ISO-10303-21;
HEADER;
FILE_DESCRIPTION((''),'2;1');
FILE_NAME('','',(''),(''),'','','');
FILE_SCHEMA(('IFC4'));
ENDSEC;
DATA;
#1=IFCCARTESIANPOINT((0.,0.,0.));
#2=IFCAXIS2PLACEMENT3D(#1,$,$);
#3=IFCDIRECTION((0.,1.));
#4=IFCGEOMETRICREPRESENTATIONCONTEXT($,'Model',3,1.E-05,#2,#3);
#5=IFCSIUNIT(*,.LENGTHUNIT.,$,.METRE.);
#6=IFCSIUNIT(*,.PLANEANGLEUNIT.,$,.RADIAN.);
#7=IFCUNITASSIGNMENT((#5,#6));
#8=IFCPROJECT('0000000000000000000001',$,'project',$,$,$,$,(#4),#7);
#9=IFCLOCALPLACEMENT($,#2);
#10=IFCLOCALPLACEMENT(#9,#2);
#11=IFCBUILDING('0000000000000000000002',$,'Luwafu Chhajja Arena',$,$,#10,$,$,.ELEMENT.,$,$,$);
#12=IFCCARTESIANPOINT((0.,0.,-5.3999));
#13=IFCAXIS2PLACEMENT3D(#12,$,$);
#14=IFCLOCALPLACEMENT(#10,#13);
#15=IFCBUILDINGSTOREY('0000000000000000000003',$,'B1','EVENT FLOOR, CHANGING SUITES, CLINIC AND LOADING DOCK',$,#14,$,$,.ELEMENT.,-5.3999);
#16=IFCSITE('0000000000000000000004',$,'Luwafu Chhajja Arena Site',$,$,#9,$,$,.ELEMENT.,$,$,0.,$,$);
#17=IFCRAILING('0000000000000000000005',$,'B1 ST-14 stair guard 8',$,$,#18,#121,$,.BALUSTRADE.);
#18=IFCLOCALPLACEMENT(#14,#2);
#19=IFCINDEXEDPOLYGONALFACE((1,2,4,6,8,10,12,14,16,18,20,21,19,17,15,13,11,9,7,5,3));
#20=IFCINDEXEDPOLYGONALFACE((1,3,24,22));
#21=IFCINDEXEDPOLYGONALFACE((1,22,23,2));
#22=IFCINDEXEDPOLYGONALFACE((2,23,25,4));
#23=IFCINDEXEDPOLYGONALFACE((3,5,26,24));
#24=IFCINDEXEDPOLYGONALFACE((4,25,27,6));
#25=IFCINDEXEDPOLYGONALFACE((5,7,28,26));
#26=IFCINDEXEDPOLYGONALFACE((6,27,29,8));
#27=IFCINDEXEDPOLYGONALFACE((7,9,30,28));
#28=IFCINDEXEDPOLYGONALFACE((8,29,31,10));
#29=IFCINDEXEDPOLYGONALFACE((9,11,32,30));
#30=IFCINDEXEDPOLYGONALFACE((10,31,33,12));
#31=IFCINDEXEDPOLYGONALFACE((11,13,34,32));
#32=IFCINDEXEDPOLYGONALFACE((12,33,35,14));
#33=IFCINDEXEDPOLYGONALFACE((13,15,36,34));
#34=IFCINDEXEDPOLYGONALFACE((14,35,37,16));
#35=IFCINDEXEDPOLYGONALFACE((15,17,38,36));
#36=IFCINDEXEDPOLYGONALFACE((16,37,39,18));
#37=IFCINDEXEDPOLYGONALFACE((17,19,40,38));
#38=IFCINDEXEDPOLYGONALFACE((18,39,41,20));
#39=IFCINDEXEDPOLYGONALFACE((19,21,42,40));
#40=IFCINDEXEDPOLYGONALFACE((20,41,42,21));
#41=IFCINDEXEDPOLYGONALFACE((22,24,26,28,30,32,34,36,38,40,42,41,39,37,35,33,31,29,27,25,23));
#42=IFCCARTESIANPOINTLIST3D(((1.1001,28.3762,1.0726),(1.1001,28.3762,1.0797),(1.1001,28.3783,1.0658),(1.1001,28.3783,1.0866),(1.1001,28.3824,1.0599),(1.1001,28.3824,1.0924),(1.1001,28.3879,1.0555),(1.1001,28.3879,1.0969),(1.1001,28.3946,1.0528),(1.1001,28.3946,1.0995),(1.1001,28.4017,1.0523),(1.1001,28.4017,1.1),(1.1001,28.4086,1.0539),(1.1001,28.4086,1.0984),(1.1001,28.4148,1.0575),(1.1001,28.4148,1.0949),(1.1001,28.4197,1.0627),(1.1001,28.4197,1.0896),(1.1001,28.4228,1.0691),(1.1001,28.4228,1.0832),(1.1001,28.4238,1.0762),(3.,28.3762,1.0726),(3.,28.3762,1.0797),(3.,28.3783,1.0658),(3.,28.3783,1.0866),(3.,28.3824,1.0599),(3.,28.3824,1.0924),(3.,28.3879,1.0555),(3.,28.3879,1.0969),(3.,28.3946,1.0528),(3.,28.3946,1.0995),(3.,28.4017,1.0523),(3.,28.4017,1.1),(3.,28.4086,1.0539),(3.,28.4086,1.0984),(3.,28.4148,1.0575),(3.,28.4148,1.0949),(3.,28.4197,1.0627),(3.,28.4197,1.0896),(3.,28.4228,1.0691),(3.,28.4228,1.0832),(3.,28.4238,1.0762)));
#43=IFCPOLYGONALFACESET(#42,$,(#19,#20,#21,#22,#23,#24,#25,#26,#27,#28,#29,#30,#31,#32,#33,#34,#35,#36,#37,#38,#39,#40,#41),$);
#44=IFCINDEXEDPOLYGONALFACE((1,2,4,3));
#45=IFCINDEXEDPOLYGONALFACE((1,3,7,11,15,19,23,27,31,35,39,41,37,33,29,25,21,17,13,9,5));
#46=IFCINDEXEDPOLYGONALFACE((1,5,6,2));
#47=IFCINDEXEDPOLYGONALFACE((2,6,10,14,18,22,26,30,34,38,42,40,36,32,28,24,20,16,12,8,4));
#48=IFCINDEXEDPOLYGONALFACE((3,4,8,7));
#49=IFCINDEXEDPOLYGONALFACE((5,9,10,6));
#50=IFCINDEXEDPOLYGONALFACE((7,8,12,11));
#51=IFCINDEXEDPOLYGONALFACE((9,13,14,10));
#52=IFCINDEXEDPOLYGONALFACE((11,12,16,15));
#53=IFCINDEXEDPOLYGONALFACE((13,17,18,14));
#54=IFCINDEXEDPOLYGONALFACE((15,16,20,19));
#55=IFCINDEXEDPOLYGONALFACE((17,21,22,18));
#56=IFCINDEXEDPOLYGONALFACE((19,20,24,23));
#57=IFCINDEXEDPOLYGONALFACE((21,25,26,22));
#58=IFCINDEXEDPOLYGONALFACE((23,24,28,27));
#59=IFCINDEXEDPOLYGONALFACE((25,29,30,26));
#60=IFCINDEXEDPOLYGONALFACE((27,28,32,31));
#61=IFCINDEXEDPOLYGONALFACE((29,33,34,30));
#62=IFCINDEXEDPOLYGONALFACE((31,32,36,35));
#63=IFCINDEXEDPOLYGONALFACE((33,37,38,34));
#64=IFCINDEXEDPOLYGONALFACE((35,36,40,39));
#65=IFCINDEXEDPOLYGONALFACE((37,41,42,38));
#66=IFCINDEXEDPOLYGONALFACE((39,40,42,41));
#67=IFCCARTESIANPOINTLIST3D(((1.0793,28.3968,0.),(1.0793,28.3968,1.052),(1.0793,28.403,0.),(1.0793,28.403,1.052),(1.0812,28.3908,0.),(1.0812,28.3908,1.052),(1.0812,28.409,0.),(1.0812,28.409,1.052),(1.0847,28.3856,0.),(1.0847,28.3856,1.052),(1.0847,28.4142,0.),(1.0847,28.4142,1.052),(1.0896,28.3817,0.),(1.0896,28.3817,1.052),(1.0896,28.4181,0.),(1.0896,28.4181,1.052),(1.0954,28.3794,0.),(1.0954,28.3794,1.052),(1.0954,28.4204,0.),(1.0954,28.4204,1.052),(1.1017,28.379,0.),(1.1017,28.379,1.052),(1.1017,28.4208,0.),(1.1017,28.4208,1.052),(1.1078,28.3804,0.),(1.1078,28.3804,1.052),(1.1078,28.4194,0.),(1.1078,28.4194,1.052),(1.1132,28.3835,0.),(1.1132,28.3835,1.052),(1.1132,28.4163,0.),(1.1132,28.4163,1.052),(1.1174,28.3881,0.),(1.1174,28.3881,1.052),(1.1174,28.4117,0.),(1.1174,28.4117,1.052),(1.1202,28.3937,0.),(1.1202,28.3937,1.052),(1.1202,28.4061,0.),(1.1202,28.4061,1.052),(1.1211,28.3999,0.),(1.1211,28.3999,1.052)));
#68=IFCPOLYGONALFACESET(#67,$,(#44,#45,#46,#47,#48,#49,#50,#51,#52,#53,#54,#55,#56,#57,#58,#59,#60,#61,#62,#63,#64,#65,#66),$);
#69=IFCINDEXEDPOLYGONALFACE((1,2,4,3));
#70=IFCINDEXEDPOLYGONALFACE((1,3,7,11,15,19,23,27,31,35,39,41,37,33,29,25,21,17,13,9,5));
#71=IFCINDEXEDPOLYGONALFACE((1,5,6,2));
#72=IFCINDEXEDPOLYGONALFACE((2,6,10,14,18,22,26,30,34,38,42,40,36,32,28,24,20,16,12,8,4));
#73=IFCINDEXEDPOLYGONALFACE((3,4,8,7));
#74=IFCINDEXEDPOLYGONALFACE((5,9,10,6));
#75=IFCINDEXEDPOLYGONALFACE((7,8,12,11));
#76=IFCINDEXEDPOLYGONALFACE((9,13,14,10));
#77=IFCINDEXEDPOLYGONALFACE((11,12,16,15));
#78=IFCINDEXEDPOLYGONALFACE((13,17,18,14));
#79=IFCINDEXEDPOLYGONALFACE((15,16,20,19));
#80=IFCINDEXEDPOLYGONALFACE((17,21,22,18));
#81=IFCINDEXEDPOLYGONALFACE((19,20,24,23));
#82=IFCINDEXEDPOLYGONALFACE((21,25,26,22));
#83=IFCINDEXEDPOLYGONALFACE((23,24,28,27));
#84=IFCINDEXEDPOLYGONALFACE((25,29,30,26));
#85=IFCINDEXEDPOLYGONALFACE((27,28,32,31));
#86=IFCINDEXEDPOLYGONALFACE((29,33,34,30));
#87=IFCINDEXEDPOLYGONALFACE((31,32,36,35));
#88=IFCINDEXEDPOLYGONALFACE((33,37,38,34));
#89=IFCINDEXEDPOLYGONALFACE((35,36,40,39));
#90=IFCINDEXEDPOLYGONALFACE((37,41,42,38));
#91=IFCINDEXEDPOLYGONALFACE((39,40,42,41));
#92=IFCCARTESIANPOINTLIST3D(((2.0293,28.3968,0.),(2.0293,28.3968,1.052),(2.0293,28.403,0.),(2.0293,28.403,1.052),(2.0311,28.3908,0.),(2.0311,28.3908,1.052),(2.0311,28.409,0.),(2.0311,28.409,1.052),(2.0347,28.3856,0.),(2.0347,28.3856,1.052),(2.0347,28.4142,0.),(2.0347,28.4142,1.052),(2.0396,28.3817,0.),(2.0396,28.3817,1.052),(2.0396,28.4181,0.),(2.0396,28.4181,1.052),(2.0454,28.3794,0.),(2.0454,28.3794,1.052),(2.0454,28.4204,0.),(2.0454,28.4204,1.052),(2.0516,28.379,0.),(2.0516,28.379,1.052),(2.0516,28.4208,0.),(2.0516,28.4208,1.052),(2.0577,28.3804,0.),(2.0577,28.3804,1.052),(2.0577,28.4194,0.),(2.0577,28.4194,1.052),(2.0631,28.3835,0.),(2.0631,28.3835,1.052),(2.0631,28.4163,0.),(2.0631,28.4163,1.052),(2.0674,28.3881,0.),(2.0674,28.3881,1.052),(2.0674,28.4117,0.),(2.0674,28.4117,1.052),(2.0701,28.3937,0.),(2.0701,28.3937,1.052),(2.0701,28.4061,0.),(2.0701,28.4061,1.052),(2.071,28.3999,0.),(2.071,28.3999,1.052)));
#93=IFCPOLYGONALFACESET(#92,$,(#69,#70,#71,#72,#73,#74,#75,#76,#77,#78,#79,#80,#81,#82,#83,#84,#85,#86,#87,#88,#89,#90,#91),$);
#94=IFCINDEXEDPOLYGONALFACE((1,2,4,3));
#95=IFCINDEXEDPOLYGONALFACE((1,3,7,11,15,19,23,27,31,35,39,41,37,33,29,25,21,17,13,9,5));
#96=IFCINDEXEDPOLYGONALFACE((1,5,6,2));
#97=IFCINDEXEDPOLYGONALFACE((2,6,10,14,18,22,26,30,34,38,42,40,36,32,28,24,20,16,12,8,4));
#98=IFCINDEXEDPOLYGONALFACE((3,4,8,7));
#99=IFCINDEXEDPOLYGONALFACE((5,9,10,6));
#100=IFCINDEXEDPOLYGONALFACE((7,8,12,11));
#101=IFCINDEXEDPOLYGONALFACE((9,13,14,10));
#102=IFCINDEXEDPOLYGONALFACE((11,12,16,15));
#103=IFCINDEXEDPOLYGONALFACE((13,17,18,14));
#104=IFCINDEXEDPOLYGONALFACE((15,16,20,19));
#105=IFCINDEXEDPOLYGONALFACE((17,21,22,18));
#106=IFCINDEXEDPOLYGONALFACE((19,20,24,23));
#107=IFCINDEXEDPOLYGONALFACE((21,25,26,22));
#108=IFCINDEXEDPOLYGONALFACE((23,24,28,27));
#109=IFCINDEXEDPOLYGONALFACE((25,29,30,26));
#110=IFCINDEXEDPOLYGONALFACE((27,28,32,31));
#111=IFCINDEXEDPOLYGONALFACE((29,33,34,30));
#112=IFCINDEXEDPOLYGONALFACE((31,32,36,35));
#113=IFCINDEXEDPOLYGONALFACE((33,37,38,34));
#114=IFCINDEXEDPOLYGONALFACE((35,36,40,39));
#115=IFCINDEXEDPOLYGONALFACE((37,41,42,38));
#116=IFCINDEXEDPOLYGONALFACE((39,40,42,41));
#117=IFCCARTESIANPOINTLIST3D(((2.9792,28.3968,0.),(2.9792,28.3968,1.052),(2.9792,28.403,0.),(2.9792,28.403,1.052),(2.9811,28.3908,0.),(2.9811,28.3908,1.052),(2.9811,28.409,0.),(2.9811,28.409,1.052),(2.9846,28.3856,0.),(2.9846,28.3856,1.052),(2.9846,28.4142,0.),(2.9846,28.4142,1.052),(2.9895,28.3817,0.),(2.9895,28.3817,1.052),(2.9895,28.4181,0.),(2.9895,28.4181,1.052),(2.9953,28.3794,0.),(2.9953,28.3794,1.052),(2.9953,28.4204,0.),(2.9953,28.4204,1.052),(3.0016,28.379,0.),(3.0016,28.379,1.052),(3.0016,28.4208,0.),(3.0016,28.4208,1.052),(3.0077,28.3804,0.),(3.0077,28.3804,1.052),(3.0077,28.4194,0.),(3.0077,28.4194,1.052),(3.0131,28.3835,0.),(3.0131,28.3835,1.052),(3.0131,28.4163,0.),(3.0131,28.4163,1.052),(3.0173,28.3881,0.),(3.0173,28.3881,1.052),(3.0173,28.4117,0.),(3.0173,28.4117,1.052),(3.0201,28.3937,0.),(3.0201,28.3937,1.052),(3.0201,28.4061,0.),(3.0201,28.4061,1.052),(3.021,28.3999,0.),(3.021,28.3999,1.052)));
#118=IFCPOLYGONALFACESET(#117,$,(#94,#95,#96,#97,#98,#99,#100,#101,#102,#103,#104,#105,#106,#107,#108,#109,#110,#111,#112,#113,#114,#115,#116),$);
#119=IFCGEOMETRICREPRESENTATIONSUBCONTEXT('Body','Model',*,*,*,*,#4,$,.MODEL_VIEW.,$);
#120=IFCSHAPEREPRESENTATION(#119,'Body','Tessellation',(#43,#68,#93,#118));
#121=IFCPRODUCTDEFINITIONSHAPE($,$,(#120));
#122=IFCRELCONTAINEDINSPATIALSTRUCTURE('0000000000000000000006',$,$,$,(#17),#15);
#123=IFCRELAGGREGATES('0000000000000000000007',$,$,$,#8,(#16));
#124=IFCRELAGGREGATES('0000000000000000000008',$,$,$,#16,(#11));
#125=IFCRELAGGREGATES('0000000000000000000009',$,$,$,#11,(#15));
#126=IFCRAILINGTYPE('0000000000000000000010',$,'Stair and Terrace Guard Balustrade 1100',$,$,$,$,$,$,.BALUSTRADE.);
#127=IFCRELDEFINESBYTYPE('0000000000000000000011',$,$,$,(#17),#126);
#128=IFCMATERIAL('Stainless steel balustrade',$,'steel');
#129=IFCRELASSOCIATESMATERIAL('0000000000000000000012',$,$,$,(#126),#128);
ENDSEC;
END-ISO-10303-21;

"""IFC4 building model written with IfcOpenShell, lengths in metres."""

from ifc_helpers import new_model, si_unit, direction, frame, origin, origin_2d, place, context, subcontext, project, spatial, circle, extrude, material, type_object, element, save


model = new_model("IFC4")

# Units and contexts
model_context = context("Model", 3, precision=1e-05, world=origin(), true_north=direction((0.0, 1.0)))
body_context = subcontext(model_context, "Body", "Model", "MODEL_VIEW")
ifc_project = project(units=[si_unit("LENGTHUNIT", "METRE"), si_unit("PLANEANGLEUNIT", "RADIAN")], contexts=[model_context])

# Site, building, storey
site_placement = place(None, origin())
site = spatial("IfcSite", under=ifc_project, at=site_placement, Name="Luwafu Chhajja Arena Site", CompositionType="ELEMENT", RefElevation=0.0)
building_placement = place(site_placement, origin())
building = spatial("IfcBuilding", under=site, at=building_placement, Name="Luwafu Chhajja Arena", CompositionType="ELEMENT")
storey_placement = place(building_placement, frame((0.0, 0.0, -5.3999)))
storey = spatial("IfcBuildingStorey", under=building, at=storey_placement, Name="B1", Description="EVENT FLOOR, CHANGING SUITES, CLINIC AND LOADING DOCK", CompositionType="ELEMENT", Elevation=-5.3999)

# Railing
ifc_material_1 = material(Name="Stainless steel balustrade", Category="steel")
railing_type_1 = type_object("IfcRailingType", Name="Stair and Terrace Guard Balustrade 1100", PredefinedType="BALUSTRADE", material=ifc_material_1)
railing_1_placement = place(storey_placement, frame((1.1001, 28.3999, 0.0)))
element("IfcRailing", 1, at=railing_1_placement, inside=storey, type_object=railing_type_1, Name="B1 ST-14 stair guard 8", PredefinedType="BALUSTRADE", context=body_context, shape_type="SweptSolid", body=[
    extrude(circle(Radius=0.0239, at=origin_2d()), frame((0.0, 0.0, 1.0762), z_axis=(1.0, 0.0, 0.0), x_axis=(0.0, 1.0, 0.0)), (0.0, 0.0, 1.0), 1.8999),
    extrude(circle(Radius=0.021, at=origin_2d()), origin(), (0.0, 0.0, 1.0), 1.052),
    extrude(circle(Radius=0.021, at=origin_2d()), frame((0.95, 0.0, 0.0)), (0.0, 0.0, 1.0), 1.052),
    extrude(circle(Radius=0.021, at=origin_2d()), frame((1.8999, 0.0, 0.0)), (0.0, 0.0, 1.0), 1.052),
])

save(model, "model.ifc")
